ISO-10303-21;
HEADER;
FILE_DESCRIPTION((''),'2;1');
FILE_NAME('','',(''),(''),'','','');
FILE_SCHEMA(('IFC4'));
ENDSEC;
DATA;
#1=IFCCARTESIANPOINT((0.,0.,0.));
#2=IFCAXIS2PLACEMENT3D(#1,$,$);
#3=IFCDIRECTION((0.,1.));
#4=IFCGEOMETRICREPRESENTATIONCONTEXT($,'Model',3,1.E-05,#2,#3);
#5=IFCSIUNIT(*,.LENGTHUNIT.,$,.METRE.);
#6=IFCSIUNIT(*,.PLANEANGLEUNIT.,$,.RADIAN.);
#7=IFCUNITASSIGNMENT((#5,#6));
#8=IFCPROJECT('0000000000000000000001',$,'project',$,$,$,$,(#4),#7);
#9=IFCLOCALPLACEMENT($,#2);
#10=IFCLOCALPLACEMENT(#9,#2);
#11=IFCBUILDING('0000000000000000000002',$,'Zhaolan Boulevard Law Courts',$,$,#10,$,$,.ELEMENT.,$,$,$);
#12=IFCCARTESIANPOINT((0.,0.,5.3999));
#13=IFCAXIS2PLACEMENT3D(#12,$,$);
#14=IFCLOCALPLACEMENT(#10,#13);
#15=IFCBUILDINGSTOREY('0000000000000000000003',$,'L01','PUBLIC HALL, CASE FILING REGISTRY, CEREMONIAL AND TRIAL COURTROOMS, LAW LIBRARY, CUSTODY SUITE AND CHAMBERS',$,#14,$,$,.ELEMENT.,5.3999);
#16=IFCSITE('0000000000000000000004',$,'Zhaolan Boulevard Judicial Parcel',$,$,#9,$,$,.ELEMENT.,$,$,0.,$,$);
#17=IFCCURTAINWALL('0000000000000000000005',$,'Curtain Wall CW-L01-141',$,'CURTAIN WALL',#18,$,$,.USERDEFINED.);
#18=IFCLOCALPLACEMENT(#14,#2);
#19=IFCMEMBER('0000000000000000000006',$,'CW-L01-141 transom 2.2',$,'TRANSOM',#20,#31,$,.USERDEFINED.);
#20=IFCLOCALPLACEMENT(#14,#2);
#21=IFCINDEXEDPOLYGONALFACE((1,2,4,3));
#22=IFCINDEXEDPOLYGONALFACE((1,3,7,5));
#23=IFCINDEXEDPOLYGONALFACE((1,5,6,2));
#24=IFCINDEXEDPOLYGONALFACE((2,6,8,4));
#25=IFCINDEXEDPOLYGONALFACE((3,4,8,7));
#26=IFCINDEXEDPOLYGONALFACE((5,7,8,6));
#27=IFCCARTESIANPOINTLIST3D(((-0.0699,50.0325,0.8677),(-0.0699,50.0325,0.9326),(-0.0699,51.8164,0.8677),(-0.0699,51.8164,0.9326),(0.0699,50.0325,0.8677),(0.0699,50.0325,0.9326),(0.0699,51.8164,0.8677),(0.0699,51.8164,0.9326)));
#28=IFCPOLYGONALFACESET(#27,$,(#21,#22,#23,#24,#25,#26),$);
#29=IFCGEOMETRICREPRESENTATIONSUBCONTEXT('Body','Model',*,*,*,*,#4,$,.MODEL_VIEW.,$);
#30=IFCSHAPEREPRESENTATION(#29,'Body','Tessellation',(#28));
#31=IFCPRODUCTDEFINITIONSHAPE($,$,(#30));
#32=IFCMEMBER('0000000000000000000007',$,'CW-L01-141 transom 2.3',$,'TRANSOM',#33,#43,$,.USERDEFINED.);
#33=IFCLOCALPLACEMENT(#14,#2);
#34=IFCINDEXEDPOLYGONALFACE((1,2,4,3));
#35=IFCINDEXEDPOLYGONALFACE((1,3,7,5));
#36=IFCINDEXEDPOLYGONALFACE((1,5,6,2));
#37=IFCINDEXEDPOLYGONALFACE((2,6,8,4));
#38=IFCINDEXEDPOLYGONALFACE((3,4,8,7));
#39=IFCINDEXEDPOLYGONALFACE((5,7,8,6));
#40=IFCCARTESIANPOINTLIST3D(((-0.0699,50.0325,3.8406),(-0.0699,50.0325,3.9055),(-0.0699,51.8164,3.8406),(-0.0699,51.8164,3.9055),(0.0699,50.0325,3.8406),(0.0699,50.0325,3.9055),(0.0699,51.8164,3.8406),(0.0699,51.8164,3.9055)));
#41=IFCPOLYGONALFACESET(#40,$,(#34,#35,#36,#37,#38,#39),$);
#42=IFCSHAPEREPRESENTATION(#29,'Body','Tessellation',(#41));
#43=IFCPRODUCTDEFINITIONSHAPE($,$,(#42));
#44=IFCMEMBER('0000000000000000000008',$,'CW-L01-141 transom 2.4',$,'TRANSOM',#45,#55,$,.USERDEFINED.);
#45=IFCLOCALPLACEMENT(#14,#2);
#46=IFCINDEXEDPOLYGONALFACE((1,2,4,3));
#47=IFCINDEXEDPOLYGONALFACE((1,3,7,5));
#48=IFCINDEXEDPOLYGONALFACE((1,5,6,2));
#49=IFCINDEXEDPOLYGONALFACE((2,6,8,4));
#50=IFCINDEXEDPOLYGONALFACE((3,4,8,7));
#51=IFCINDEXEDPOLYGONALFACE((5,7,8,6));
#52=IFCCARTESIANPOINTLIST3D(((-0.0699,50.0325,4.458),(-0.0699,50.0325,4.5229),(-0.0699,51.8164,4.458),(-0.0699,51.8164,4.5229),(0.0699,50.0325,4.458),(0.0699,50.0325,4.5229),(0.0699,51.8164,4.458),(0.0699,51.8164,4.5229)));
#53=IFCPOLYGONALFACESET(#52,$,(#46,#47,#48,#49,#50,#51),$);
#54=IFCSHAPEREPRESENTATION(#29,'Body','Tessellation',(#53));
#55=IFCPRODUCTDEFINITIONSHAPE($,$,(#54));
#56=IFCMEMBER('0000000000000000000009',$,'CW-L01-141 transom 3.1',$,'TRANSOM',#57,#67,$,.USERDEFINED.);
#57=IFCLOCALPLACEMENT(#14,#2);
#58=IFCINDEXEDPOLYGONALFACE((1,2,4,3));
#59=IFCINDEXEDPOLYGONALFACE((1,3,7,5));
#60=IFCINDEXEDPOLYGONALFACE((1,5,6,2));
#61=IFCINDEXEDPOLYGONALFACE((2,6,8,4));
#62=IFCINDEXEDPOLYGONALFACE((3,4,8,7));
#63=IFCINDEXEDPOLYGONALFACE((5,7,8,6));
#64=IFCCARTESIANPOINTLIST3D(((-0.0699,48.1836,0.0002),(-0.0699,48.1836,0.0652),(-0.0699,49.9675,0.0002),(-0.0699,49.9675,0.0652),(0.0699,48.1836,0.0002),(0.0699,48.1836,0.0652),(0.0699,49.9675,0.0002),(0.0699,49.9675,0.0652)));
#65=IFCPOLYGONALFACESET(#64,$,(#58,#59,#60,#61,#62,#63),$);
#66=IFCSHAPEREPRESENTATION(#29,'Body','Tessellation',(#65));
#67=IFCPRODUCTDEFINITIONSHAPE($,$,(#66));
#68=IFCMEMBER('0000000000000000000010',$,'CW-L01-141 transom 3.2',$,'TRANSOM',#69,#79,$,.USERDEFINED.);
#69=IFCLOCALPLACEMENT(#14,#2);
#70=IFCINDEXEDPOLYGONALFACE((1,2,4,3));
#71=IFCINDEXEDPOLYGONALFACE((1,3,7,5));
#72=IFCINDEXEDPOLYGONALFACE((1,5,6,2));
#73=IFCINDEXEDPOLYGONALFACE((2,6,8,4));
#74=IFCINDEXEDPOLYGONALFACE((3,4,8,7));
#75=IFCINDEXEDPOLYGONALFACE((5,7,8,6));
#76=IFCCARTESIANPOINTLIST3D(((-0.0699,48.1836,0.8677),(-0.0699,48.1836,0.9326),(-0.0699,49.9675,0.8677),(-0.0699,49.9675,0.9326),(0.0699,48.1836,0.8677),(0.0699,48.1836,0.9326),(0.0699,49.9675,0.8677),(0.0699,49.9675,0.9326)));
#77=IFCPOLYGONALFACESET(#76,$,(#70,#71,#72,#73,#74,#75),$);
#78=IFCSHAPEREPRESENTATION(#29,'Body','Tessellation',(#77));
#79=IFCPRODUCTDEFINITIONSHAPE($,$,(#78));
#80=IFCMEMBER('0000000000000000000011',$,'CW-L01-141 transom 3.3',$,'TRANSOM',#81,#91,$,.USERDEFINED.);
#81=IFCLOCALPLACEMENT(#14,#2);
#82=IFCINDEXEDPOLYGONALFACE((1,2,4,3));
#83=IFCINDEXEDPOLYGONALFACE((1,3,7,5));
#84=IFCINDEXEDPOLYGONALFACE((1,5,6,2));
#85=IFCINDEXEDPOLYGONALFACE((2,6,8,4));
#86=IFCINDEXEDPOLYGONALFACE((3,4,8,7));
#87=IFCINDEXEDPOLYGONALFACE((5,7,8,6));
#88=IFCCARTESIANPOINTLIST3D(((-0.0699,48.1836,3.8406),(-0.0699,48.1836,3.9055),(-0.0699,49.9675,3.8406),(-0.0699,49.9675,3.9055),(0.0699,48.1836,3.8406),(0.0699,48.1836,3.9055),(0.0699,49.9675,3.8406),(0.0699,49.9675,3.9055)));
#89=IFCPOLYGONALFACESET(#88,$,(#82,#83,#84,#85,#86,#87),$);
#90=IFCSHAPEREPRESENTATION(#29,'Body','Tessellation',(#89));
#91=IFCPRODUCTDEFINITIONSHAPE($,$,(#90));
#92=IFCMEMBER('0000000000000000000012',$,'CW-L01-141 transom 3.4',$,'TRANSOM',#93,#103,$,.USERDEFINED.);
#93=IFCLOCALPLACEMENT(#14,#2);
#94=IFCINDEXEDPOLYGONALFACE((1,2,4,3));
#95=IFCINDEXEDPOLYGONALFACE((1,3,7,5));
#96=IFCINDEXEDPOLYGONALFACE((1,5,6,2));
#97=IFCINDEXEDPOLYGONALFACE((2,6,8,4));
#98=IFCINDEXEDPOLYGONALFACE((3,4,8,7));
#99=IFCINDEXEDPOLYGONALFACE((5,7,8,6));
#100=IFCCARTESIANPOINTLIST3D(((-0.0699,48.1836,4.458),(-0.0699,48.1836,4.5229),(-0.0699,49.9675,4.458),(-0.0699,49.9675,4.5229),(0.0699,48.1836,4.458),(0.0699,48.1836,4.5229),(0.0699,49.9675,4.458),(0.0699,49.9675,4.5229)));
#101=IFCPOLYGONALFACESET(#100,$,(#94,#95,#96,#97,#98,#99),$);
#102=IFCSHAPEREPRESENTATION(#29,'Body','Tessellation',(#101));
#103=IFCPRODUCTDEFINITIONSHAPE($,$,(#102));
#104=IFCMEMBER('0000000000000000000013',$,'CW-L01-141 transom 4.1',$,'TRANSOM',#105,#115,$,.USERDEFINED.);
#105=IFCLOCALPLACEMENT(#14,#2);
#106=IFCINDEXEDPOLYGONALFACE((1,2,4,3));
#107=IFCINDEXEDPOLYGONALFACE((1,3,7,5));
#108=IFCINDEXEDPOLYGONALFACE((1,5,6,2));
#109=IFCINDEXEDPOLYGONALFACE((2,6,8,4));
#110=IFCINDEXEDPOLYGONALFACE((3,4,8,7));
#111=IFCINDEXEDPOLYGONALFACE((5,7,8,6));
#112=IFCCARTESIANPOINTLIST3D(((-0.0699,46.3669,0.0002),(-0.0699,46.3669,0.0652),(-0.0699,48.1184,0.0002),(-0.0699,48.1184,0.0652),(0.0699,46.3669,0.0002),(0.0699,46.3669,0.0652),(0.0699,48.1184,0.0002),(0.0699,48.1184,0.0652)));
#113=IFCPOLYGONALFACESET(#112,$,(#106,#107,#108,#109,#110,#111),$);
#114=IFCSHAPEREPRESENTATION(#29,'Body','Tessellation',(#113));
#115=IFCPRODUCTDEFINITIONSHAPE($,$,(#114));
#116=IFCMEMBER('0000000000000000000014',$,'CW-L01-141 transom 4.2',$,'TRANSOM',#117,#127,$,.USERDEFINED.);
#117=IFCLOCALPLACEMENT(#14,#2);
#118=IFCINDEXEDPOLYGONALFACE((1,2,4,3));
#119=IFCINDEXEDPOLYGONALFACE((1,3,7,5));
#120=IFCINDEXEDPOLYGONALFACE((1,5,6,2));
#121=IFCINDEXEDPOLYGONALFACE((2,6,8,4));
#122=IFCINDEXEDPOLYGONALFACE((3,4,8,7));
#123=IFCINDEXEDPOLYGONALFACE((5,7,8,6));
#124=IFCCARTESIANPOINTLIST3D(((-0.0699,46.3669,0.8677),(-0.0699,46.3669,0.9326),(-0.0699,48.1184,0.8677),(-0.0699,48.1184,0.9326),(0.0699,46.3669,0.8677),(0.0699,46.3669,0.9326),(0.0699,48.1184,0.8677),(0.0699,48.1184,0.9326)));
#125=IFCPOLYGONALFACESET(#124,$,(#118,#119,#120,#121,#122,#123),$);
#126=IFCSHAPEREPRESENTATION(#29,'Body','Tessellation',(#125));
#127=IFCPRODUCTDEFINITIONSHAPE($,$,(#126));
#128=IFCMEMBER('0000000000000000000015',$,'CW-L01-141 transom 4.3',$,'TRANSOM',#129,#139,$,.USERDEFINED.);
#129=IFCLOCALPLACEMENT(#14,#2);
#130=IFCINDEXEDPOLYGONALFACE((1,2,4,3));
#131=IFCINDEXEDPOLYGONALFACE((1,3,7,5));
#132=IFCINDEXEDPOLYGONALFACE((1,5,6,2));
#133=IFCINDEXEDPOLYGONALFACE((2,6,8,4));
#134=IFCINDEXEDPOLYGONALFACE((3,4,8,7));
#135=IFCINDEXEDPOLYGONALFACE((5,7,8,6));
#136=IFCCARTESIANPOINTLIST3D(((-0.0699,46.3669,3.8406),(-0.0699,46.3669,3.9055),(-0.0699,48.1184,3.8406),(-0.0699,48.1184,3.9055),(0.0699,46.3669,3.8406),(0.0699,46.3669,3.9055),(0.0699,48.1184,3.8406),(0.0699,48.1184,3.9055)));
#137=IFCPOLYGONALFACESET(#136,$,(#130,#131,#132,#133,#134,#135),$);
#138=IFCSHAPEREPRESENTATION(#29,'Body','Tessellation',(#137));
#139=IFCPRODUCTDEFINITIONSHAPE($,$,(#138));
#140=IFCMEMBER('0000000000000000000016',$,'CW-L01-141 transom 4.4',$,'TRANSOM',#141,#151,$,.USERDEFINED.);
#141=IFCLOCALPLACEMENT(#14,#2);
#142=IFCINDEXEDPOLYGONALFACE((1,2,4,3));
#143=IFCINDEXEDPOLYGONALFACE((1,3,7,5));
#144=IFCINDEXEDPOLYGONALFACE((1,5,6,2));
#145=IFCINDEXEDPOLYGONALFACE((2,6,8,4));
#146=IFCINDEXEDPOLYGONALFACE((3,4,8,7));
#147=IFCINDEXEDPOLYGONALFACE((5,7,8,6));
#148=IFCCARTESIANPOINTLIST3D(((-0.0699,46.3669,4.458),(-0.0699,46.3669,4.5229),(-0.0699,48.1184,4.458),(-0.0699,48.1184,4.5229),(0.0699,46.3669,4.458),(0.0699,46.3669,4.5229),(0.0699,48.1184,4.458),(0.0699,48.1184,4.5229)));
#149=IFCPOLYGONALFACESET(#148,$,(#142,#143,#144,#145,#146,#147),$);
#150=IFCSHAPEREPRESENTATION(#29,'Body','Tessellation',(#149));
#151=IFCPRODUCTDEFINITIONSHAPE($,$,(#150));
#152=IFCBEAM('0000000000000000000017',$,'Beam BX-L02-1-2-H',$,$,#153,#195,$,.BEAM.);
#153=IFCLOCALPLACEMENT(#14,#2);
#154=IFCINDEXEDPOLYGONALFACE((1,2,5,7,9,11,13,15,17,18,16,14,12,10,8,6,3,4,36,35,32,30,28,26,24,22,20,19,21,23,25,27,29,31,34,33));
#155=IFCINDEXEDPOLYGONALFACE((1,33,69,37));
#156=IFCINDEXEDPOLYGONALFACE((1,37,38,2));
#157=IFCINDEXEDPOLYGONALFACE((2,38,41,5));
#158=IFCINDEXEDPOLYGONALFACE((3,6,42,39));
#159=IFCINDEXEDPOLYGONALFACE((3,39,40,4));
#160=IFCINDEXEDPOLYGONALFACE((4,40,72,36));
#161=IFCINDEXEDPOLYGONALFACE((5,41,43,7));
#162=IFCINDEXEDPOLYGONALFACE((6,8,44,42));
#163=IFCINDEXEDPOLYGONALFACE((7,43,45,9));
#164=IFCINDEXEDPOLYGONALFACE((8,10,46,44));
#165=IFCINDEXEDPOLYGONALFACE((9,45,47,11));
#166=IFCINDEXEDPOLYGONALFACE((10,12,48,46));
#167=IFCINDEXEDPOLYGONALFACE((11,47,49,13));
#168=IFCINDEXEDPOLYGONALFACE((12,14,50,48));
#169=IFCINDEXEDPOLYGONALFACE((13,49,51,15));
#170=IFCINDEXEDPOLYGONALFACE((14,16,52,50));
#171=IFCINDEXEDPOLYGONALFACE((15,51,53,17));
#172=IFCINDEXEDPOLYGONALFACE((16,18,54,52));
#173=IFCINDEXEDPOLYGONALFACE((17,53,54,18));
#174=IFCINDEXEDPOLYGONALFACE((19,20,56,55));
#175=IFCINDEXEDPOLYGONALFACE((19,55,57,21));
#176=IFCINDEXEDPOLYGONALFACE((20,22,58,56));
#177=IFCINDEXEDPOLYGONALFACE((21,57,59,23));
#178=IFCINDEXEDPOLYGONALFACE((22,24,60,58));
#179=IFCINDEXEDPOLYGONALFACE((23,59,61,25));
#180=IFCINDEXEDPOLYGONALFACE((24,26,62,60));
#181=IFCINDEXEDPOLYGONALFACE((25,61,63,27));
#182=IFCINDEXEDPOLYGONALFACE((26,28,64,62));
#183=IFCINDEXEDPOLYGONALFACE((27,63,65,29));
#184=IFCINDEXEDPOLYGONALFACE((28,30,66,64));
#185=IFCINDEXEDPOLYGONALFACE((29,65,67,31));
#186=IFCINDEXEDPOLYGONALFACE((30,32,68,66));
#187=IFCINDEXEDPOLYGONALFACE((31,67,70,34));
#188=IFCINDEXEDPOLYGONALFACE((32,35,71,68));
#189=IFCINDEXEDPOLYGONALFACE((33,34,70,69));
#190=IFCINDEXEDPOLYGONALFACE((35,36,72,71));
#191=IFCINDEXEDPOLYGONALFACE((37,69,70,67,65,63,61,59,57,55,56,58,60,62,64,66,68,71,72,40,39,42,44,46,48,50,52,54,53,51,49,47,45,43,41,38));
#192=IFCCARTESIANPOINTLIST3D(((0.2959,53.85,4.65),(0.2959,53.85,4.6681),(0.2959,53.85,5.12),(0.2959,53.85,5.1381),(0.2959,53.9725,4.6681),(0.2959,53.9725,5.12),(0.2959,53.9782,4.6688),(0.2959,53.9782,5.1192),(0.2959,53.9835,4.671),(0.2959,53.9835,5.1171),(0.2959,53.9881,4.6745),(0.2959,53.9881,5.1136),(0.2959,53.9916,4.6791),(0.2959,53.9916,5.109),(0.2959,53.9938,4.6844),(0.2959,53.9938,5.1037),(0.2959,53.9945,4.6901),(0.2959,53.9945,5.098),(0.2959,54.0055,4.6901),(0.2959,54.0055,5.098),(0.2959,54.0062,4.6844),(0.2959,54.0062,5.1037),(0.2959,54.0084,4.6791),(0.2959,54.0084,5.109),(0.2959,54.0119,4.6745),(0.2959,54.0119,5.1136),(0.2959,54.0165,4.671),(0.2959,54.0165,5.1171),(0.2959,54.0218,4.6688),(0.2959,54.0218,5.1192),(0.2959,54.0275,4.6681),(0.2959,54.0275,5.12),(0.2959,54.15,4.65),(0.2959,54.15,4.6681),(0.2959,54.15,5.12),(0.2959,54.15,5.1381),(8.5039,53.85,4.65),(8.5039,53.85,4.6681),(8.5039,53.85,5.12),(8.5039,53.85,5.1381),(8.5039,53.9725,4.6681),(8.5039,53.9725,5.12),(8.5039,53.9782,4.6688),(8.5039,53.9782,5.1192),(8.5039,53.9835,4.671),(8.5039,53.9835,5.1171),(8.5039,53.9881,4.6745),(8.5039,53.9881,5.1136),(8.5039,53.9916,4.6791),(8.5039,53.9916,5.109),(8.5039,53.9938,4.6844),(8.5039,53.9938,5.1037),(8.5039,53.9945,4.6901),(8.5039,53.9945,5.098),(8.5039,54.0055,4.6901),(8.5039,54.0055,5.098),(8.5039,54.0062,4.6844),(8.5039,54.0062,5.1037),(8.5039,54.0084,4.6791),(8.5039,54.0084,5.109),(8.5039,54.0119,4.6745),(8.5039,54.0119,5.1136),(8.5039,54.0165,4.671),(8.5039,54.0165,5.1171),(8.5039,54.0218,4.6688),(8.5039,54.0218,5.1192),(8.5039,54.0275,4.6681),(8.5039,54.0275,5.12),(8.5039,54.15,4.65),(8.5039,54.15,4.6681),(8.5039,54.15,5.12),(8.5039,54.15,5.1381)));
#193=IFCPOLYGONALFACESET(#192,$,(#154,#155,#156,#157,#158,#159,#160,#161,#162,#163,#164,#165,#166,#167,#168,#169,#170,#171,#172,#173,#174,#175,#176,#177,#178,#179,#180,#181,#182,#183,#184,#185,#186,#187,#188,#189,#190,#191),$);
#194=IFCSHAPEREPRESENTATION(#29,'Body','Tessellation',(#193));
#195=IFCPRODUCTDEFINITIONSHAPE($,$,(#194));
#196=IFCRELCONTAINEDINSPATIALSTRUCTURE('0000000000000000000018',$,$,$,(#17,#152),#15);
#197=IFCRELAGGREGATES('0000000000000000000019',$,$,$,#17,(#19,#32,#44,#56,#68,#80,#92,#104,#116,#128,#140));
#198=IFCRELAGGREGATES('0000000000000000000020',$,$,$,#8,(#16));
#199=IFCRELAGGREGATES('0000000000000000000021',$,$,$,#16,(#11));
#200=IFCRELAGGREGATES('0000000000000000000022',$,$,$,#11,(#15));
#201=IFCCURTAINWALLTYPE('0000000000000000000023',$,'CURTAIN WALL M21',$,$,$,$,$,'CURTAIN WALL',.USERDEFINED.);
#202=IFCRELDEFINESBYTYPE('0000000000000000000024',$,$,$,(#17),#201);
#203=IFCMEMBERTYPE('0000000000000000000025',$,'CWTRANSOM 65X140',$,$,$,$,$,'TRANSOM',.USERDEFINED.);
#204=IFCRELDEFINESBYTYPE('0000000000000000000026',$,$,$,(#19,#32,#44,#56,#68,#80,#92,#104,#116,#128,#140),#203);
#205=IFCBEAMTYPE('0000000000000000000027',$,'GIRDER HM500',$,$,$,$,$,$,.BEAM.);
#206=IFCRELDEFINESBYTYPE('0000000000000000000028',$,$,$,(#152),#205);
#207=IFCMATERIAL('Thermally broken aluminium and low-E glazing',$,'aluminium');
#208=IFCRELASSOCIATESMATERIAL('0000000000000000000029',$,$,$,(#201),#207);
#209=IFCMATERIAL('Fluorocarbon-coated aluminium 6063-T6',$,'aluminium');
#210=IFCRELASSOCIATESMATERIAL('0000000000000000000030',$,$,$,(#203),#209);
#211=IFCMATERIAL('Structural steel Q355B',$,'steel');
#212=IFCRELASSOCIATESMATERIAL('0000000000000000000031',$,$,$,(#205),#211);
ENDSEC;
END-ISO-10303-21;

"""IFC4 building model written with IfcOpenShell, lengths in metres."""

from ifc_helpers import new_model, si_unit, direction, frame, origin, origin_2d, place, context, subcontext, project, spatial, rectangle, i_section, extrude, material, material_profile, profile_set, type_object, element, aggregate, save


model = new_model("IFC4")

# Units and contexts
model_context = context("Model", 3, precision=1e-05, world=origin(), true_north=direction((0.0, 1.0)))
body_context = subcontext(model_context, "Body", "Model", "MODEL_VIEW")
ifc_project = project(units=[si_unit("LENGTHUNIT", "METRE"), si_unit("PLANEANGLEUNIT", "RADIAN")], contexts=[model_context])

# Site, building, storey
site_placement = place(None, origin())
site = spatial("IfcSite", under=ifc_project, at=site_placement, Name="Zhaolan Boulevard Judicial Parcel", CompositionType="ELEMENT", RefElevation=0.0)
building_placement = place(site_placement, origin())
building = spatial("IfcBuilding", under=site, at=building_placement, Name="Zhaolan Boulevard Law Courts", CompositionType="ELEMENT")
storey_placement = place(building_placement, frame((0.0, 0.0, 5.3999)))
storey = spatial("IfcBuildingStorey", under=building, at=storey_placement, Name="L01", Description="PUBLIC HALL, CASE FILING REGISTRY, CEREMONIAL AND TRIAL COURTROOMS, LAW LIBRARY, CUSTODY SUITE AND CHAMBERS", CompositionType="ELEMENT", Elevation=5.3999)

# Curtain wall, members
ifc_material_1 = material(Name="Thermally broken aluminium and low-E glazing", Category="aluminium")
curtain_wall_type = type_object("IfcCurtainWallType", Name="CURTAIN WALL M21", ElementType="CURTAIN WALL", PredefinedType="USERDEFINED", material=ifc_material_1)
curtain_wall_placement = place(storey_placement, origin())
curtain_wall = element("IfcCurtainWall", 1, at=curtain_wall_placement, inside=storey, type_object=curtain_wall_type, Name="Curtain Wall CW-L01-141", ObjectType="CURTAIN WALL", PredefinedType="USERDEFINED")
ifc_material_2 = material(Name="Fluorocarbon-coated aluminium 6063-T6", Category="aluminium")
ifc_material_profile_1 = material_profile(ifc_material_2, rectangle(XDim=0.1399, YDim=0.0649, at=origin_2d()), Name="AL65x140")
ifc_profile_set_1 = profile_set([ifc_material_profile_1], Name="Fluorocarbon-coated aluminium 6063-T6")
member_type_1 = type_object("IfcMemberType", Name="CWTRANSOM 65X140", ElementType="TRANSOM", PredefinedType="USERDEFINED", material=ifc_profile_set_1)
member_1_placement = place(storey_placement, frame((0.0, 51.8164, 0.9001), z_axis=(0.0, -1.0, 0.0), x_axis=(1.0, 0.0, 0.0)))
member_1 = element("IfcMember", 2, at=member_1_placement, type_object=member_type_1, Name="CW-L01-141 transom 2.2", ObjectType="TRANSOM", PredefinedType="USERDEFINED", context=body_context, shape_type="SweptSolid", body=[
    extrude(rectangle(XDim=0.1399, YDim=0.0649, at=origin_2d()), origin(), (0.0, 0.0, 1.0), 1.7839),
])
member_2_placement = place(storey_placement, frame((0.0, 51.8164, 3.873), z_axis=(0.0, -1.0, 0.0), x_axis=(1.0, 0.0, 0.0)))
member_2 = element("IfcMember", 3, at=member_2_placement, type_object=member_type_1, Name="CW-L01-141 transom 2.3", ObjectType="TRANSOM", PredefinedType="USERDEFINED", context=body_context, shape_type="SweptSolid", body=[
    extrude(rectangle(XDim=0.1399, YDim=0.0649, at=origin_2d()), origin(), (0.0, 0.0, 1.0), 1.7839),
])
member_3_placement = place(storey_placement, frame((0.0, 51.8164, 4.4905), z_axis=(0.0, -1.0, 0.0), x_axis=(1.0, 0.0, 0.0)))
member_3 = element("IfcMember", 4, at=member_3_placement, type_object=member_type_1, Name="CW-L01-141 transom 2.4", ObjectType="TRANSOM", PredefinedType="USERDEFINED", context=body_context, shape_type="SweptSolid", body=[
    extrude(rectangle(XDim=0.1399, YDim=0.0649, at=origin_2d()), origin(), (0.0, 0.0, 1.0), 1.7839),
])
member_4_placement = place(storey_placement, frame((0.0, 49.9675, 0.0327), z_axis=(0.0, -1.0, 0.0), x_axis=(1.0, 0.0, 0.0)))
member_4 = element("IfcMember", 5, at=member_4_placement, type_object=member_type_1, Name="CW-L01-141 transom 3.1", ObjectType="TRANSOM", PredefinedType="USERDEFINED", context=body_context, shape_type="SweptSolid", body=[
    extrude(rectangle(XDim=0.1399, YDim=0.0649, at=origin_2d()), origin(), (0.0, 0.0, 1.0), 1.7839),
])
member_5_placement = place(storey_placement, frame((0.0, 49.9675, 0.9001), z_axis=(0.0, -1.0, 0.0), x_axis=(1.0, 0.0, 0.0)))
member_5 = element("IfcMember", 6, at=member_5_placement, type_object=member_type_1, Name="CW-L01-141 transom 3.2", ObjectType="TRANSOM", PredefinedType="USERDEFINED", context=body_context, shape_type="SweptSolid", body=[
    extrude(rectangle(XDim=0.1399, YDim=0.0649, at=origin_2d()), origin(), (0.0, 0.0, 1.0), 1.7839),
])
member_6_placement = place(storey_placement, frame((0.0, 49.9675, 3.873), z_axis=(0.0, -1.0, 0.0), x_axis=(1.0, 0.0, 0.0)))
member_6 = element("IfcMember", 7, at=member_6_placement, type_object=member_type_1, Name="CW-L01-141 transom 3.3", ObjectType="TRANSOM", PredefinedType="USERDEFINED", context=body_context, shape_type="SweptSolid", body=[
    extrude(rectangle(XDim=0.1399, YDim=0.0649, at=origin_2d()), origin(), (0.0, 0.0, 1.0), 1.7839),
])
member_7_placement = place(storey_placement, frame((0.0, 49.9675, 4.4905), z_axis=(0.0, -1.0, 0.0), x_axis=(1.0, 0.0, 0.0)))
member_7 = element("IfcMember", 8, at=member_7_placement, type_object=member_type_1, Name="CW-L01-141 transom 3.4", ObjectType="TRANSOM", PredefinedType="USERDEFINED", context=body_context, shape_type="SweptSolid", body=[
    extrude(rectangle(XDim=0.1399, YDim=0.0649, at=origin_2d()), origin(), (0.0, 0.0, 1.0), 1.7839),
])
member_8_placement = place(storey_placement, frame((0.0, 48.1184, 0.0327), z_axis=(0.0, -1.0, 0.0), x_axis=(1.0, 0.0, 0.0)))
member_8 = element("IfcMember", 9, at=member_8_placement, type_object=member_type_1, Name="CW-L01-141 transom 4.1", ObjectType="TRANSOM", PredefinedType="USERDEFINED", context=body_context, shape_type="SweptSolid", body=[
    extrude(rectangle(XDim=0.1399, YDim=0.0649, at=origin_2d()), origin(), (0.0, 0.0, 1.0), 1.7515),
])
member_9_placement = place(storey_placement, frame((0.0, 48.1184, 0.9001), z_axis=(0.0, -1.0, 0.0), x_axis=(1.0, 0.0, 0.0)))
member_9 = element("IfcMember", 10, at=member_9_placement, type_object=member_type_1, Name="CW-L01-141 transom 4.2", ObjectType="TRANSOM", PredefinedType="USERDEFINED", context=body_context, shape_type="SweptSolid", body=[
    extrude(rectangle(XDim=0.1399, YDim=0.0649, at=origin_2d()), origin(), (0.0, 0.0, 1.0), 1.7515),
])
member_10_placement = place(storey_placement, frame((0.0, 48.1184, 3.873), z_axis=(0.0, -1.0, 0.0), x_axis=(1.0, 0.0, 0.0)))
member_10 = element("IfcMember", 11, at=member_10_placement, type_object=member_type_1, Name="CW-L01-141 transom 4.3", ObjectType="TRANSOM", PredefinedType="USERDEFINED", context=body_context, shape_type="SweptSolid", body=[
    extrude(rectangle(XDim=0.1399, YDim=0.0649, at=origin_2d()), origin(), (0.0, 0.0, 1.0), 1.7515),
])
member_11_placement = place(storey_placement, frame((0.0, 48.1184, 4.4905), z_axis=(0.0, -1.0, 0.0), x_axis=(1.0, 0.0, 0.0)))
member_11 = element("IfcMember", 12, at=member_11_placement, type_object=member_type_1, Name="CW-L01-141 transom 4.4", ObjectType="TRANSOM", PredefinedType="USERDEFINED", context=body_context, shape_type="SweptSolid", body=[
    extrude(rectangle(XDim=0.1399, YDim=0.0649, at=origin_2d()), origin(), (0.0, 0.0, 1.0), 1.7515),
])

# Beam
ifc_material_3 = material(Name="Structural steel Q355B", Category="steel")
ifc_material_profile_2 = material_profile(ifc_material_3, i_section(OverallWidth=0.3, OverallDepth=0.488, WebThickness=0.011, FlangeThickness=0.0181, FilletRadius=0.022, at=origin_2d()), Name="HM488x300")
ifc_profile_set_2 = profile_set([ifc_material_profile_2], Name="Structural steel Q355B")
beam_type_1 = type_object("IfcBeamType", Name="GIRDER HM500", PredefinedType="BEAM", material=ifc_profile_set_2)
beam_1_placement = place(storey_placement, frame((0.2959, 54.0, 4.894), z_axis=(1.0, 0.0, 0.0), x_axis=(0.0, 1.0, 0.0)))
element("IfcBeam", 13, at=beam_1_placement, inside=storey, type_object=beam_type_1, Name="Beam BX-L02-1-2-H", PredefinedType="BEAM", context=body_context, shape_type="SweptSolid", body=[
    extrude(i_section(OverallWidth=0.3, OverallDepth=0.488, WebThickness=0.011, FlangeThickness=0.0181, FilletRadius=0.022, at=origin_2d()), origin(), (0.0, 0.0, 1.0), 8.208),
])

aggregate(curtain_wall, [member_1, member_2, member_3, member_4, member_5, member_6, member_7, member_8, member_9, member_10, member_11])

save(model, "model.ifc")
